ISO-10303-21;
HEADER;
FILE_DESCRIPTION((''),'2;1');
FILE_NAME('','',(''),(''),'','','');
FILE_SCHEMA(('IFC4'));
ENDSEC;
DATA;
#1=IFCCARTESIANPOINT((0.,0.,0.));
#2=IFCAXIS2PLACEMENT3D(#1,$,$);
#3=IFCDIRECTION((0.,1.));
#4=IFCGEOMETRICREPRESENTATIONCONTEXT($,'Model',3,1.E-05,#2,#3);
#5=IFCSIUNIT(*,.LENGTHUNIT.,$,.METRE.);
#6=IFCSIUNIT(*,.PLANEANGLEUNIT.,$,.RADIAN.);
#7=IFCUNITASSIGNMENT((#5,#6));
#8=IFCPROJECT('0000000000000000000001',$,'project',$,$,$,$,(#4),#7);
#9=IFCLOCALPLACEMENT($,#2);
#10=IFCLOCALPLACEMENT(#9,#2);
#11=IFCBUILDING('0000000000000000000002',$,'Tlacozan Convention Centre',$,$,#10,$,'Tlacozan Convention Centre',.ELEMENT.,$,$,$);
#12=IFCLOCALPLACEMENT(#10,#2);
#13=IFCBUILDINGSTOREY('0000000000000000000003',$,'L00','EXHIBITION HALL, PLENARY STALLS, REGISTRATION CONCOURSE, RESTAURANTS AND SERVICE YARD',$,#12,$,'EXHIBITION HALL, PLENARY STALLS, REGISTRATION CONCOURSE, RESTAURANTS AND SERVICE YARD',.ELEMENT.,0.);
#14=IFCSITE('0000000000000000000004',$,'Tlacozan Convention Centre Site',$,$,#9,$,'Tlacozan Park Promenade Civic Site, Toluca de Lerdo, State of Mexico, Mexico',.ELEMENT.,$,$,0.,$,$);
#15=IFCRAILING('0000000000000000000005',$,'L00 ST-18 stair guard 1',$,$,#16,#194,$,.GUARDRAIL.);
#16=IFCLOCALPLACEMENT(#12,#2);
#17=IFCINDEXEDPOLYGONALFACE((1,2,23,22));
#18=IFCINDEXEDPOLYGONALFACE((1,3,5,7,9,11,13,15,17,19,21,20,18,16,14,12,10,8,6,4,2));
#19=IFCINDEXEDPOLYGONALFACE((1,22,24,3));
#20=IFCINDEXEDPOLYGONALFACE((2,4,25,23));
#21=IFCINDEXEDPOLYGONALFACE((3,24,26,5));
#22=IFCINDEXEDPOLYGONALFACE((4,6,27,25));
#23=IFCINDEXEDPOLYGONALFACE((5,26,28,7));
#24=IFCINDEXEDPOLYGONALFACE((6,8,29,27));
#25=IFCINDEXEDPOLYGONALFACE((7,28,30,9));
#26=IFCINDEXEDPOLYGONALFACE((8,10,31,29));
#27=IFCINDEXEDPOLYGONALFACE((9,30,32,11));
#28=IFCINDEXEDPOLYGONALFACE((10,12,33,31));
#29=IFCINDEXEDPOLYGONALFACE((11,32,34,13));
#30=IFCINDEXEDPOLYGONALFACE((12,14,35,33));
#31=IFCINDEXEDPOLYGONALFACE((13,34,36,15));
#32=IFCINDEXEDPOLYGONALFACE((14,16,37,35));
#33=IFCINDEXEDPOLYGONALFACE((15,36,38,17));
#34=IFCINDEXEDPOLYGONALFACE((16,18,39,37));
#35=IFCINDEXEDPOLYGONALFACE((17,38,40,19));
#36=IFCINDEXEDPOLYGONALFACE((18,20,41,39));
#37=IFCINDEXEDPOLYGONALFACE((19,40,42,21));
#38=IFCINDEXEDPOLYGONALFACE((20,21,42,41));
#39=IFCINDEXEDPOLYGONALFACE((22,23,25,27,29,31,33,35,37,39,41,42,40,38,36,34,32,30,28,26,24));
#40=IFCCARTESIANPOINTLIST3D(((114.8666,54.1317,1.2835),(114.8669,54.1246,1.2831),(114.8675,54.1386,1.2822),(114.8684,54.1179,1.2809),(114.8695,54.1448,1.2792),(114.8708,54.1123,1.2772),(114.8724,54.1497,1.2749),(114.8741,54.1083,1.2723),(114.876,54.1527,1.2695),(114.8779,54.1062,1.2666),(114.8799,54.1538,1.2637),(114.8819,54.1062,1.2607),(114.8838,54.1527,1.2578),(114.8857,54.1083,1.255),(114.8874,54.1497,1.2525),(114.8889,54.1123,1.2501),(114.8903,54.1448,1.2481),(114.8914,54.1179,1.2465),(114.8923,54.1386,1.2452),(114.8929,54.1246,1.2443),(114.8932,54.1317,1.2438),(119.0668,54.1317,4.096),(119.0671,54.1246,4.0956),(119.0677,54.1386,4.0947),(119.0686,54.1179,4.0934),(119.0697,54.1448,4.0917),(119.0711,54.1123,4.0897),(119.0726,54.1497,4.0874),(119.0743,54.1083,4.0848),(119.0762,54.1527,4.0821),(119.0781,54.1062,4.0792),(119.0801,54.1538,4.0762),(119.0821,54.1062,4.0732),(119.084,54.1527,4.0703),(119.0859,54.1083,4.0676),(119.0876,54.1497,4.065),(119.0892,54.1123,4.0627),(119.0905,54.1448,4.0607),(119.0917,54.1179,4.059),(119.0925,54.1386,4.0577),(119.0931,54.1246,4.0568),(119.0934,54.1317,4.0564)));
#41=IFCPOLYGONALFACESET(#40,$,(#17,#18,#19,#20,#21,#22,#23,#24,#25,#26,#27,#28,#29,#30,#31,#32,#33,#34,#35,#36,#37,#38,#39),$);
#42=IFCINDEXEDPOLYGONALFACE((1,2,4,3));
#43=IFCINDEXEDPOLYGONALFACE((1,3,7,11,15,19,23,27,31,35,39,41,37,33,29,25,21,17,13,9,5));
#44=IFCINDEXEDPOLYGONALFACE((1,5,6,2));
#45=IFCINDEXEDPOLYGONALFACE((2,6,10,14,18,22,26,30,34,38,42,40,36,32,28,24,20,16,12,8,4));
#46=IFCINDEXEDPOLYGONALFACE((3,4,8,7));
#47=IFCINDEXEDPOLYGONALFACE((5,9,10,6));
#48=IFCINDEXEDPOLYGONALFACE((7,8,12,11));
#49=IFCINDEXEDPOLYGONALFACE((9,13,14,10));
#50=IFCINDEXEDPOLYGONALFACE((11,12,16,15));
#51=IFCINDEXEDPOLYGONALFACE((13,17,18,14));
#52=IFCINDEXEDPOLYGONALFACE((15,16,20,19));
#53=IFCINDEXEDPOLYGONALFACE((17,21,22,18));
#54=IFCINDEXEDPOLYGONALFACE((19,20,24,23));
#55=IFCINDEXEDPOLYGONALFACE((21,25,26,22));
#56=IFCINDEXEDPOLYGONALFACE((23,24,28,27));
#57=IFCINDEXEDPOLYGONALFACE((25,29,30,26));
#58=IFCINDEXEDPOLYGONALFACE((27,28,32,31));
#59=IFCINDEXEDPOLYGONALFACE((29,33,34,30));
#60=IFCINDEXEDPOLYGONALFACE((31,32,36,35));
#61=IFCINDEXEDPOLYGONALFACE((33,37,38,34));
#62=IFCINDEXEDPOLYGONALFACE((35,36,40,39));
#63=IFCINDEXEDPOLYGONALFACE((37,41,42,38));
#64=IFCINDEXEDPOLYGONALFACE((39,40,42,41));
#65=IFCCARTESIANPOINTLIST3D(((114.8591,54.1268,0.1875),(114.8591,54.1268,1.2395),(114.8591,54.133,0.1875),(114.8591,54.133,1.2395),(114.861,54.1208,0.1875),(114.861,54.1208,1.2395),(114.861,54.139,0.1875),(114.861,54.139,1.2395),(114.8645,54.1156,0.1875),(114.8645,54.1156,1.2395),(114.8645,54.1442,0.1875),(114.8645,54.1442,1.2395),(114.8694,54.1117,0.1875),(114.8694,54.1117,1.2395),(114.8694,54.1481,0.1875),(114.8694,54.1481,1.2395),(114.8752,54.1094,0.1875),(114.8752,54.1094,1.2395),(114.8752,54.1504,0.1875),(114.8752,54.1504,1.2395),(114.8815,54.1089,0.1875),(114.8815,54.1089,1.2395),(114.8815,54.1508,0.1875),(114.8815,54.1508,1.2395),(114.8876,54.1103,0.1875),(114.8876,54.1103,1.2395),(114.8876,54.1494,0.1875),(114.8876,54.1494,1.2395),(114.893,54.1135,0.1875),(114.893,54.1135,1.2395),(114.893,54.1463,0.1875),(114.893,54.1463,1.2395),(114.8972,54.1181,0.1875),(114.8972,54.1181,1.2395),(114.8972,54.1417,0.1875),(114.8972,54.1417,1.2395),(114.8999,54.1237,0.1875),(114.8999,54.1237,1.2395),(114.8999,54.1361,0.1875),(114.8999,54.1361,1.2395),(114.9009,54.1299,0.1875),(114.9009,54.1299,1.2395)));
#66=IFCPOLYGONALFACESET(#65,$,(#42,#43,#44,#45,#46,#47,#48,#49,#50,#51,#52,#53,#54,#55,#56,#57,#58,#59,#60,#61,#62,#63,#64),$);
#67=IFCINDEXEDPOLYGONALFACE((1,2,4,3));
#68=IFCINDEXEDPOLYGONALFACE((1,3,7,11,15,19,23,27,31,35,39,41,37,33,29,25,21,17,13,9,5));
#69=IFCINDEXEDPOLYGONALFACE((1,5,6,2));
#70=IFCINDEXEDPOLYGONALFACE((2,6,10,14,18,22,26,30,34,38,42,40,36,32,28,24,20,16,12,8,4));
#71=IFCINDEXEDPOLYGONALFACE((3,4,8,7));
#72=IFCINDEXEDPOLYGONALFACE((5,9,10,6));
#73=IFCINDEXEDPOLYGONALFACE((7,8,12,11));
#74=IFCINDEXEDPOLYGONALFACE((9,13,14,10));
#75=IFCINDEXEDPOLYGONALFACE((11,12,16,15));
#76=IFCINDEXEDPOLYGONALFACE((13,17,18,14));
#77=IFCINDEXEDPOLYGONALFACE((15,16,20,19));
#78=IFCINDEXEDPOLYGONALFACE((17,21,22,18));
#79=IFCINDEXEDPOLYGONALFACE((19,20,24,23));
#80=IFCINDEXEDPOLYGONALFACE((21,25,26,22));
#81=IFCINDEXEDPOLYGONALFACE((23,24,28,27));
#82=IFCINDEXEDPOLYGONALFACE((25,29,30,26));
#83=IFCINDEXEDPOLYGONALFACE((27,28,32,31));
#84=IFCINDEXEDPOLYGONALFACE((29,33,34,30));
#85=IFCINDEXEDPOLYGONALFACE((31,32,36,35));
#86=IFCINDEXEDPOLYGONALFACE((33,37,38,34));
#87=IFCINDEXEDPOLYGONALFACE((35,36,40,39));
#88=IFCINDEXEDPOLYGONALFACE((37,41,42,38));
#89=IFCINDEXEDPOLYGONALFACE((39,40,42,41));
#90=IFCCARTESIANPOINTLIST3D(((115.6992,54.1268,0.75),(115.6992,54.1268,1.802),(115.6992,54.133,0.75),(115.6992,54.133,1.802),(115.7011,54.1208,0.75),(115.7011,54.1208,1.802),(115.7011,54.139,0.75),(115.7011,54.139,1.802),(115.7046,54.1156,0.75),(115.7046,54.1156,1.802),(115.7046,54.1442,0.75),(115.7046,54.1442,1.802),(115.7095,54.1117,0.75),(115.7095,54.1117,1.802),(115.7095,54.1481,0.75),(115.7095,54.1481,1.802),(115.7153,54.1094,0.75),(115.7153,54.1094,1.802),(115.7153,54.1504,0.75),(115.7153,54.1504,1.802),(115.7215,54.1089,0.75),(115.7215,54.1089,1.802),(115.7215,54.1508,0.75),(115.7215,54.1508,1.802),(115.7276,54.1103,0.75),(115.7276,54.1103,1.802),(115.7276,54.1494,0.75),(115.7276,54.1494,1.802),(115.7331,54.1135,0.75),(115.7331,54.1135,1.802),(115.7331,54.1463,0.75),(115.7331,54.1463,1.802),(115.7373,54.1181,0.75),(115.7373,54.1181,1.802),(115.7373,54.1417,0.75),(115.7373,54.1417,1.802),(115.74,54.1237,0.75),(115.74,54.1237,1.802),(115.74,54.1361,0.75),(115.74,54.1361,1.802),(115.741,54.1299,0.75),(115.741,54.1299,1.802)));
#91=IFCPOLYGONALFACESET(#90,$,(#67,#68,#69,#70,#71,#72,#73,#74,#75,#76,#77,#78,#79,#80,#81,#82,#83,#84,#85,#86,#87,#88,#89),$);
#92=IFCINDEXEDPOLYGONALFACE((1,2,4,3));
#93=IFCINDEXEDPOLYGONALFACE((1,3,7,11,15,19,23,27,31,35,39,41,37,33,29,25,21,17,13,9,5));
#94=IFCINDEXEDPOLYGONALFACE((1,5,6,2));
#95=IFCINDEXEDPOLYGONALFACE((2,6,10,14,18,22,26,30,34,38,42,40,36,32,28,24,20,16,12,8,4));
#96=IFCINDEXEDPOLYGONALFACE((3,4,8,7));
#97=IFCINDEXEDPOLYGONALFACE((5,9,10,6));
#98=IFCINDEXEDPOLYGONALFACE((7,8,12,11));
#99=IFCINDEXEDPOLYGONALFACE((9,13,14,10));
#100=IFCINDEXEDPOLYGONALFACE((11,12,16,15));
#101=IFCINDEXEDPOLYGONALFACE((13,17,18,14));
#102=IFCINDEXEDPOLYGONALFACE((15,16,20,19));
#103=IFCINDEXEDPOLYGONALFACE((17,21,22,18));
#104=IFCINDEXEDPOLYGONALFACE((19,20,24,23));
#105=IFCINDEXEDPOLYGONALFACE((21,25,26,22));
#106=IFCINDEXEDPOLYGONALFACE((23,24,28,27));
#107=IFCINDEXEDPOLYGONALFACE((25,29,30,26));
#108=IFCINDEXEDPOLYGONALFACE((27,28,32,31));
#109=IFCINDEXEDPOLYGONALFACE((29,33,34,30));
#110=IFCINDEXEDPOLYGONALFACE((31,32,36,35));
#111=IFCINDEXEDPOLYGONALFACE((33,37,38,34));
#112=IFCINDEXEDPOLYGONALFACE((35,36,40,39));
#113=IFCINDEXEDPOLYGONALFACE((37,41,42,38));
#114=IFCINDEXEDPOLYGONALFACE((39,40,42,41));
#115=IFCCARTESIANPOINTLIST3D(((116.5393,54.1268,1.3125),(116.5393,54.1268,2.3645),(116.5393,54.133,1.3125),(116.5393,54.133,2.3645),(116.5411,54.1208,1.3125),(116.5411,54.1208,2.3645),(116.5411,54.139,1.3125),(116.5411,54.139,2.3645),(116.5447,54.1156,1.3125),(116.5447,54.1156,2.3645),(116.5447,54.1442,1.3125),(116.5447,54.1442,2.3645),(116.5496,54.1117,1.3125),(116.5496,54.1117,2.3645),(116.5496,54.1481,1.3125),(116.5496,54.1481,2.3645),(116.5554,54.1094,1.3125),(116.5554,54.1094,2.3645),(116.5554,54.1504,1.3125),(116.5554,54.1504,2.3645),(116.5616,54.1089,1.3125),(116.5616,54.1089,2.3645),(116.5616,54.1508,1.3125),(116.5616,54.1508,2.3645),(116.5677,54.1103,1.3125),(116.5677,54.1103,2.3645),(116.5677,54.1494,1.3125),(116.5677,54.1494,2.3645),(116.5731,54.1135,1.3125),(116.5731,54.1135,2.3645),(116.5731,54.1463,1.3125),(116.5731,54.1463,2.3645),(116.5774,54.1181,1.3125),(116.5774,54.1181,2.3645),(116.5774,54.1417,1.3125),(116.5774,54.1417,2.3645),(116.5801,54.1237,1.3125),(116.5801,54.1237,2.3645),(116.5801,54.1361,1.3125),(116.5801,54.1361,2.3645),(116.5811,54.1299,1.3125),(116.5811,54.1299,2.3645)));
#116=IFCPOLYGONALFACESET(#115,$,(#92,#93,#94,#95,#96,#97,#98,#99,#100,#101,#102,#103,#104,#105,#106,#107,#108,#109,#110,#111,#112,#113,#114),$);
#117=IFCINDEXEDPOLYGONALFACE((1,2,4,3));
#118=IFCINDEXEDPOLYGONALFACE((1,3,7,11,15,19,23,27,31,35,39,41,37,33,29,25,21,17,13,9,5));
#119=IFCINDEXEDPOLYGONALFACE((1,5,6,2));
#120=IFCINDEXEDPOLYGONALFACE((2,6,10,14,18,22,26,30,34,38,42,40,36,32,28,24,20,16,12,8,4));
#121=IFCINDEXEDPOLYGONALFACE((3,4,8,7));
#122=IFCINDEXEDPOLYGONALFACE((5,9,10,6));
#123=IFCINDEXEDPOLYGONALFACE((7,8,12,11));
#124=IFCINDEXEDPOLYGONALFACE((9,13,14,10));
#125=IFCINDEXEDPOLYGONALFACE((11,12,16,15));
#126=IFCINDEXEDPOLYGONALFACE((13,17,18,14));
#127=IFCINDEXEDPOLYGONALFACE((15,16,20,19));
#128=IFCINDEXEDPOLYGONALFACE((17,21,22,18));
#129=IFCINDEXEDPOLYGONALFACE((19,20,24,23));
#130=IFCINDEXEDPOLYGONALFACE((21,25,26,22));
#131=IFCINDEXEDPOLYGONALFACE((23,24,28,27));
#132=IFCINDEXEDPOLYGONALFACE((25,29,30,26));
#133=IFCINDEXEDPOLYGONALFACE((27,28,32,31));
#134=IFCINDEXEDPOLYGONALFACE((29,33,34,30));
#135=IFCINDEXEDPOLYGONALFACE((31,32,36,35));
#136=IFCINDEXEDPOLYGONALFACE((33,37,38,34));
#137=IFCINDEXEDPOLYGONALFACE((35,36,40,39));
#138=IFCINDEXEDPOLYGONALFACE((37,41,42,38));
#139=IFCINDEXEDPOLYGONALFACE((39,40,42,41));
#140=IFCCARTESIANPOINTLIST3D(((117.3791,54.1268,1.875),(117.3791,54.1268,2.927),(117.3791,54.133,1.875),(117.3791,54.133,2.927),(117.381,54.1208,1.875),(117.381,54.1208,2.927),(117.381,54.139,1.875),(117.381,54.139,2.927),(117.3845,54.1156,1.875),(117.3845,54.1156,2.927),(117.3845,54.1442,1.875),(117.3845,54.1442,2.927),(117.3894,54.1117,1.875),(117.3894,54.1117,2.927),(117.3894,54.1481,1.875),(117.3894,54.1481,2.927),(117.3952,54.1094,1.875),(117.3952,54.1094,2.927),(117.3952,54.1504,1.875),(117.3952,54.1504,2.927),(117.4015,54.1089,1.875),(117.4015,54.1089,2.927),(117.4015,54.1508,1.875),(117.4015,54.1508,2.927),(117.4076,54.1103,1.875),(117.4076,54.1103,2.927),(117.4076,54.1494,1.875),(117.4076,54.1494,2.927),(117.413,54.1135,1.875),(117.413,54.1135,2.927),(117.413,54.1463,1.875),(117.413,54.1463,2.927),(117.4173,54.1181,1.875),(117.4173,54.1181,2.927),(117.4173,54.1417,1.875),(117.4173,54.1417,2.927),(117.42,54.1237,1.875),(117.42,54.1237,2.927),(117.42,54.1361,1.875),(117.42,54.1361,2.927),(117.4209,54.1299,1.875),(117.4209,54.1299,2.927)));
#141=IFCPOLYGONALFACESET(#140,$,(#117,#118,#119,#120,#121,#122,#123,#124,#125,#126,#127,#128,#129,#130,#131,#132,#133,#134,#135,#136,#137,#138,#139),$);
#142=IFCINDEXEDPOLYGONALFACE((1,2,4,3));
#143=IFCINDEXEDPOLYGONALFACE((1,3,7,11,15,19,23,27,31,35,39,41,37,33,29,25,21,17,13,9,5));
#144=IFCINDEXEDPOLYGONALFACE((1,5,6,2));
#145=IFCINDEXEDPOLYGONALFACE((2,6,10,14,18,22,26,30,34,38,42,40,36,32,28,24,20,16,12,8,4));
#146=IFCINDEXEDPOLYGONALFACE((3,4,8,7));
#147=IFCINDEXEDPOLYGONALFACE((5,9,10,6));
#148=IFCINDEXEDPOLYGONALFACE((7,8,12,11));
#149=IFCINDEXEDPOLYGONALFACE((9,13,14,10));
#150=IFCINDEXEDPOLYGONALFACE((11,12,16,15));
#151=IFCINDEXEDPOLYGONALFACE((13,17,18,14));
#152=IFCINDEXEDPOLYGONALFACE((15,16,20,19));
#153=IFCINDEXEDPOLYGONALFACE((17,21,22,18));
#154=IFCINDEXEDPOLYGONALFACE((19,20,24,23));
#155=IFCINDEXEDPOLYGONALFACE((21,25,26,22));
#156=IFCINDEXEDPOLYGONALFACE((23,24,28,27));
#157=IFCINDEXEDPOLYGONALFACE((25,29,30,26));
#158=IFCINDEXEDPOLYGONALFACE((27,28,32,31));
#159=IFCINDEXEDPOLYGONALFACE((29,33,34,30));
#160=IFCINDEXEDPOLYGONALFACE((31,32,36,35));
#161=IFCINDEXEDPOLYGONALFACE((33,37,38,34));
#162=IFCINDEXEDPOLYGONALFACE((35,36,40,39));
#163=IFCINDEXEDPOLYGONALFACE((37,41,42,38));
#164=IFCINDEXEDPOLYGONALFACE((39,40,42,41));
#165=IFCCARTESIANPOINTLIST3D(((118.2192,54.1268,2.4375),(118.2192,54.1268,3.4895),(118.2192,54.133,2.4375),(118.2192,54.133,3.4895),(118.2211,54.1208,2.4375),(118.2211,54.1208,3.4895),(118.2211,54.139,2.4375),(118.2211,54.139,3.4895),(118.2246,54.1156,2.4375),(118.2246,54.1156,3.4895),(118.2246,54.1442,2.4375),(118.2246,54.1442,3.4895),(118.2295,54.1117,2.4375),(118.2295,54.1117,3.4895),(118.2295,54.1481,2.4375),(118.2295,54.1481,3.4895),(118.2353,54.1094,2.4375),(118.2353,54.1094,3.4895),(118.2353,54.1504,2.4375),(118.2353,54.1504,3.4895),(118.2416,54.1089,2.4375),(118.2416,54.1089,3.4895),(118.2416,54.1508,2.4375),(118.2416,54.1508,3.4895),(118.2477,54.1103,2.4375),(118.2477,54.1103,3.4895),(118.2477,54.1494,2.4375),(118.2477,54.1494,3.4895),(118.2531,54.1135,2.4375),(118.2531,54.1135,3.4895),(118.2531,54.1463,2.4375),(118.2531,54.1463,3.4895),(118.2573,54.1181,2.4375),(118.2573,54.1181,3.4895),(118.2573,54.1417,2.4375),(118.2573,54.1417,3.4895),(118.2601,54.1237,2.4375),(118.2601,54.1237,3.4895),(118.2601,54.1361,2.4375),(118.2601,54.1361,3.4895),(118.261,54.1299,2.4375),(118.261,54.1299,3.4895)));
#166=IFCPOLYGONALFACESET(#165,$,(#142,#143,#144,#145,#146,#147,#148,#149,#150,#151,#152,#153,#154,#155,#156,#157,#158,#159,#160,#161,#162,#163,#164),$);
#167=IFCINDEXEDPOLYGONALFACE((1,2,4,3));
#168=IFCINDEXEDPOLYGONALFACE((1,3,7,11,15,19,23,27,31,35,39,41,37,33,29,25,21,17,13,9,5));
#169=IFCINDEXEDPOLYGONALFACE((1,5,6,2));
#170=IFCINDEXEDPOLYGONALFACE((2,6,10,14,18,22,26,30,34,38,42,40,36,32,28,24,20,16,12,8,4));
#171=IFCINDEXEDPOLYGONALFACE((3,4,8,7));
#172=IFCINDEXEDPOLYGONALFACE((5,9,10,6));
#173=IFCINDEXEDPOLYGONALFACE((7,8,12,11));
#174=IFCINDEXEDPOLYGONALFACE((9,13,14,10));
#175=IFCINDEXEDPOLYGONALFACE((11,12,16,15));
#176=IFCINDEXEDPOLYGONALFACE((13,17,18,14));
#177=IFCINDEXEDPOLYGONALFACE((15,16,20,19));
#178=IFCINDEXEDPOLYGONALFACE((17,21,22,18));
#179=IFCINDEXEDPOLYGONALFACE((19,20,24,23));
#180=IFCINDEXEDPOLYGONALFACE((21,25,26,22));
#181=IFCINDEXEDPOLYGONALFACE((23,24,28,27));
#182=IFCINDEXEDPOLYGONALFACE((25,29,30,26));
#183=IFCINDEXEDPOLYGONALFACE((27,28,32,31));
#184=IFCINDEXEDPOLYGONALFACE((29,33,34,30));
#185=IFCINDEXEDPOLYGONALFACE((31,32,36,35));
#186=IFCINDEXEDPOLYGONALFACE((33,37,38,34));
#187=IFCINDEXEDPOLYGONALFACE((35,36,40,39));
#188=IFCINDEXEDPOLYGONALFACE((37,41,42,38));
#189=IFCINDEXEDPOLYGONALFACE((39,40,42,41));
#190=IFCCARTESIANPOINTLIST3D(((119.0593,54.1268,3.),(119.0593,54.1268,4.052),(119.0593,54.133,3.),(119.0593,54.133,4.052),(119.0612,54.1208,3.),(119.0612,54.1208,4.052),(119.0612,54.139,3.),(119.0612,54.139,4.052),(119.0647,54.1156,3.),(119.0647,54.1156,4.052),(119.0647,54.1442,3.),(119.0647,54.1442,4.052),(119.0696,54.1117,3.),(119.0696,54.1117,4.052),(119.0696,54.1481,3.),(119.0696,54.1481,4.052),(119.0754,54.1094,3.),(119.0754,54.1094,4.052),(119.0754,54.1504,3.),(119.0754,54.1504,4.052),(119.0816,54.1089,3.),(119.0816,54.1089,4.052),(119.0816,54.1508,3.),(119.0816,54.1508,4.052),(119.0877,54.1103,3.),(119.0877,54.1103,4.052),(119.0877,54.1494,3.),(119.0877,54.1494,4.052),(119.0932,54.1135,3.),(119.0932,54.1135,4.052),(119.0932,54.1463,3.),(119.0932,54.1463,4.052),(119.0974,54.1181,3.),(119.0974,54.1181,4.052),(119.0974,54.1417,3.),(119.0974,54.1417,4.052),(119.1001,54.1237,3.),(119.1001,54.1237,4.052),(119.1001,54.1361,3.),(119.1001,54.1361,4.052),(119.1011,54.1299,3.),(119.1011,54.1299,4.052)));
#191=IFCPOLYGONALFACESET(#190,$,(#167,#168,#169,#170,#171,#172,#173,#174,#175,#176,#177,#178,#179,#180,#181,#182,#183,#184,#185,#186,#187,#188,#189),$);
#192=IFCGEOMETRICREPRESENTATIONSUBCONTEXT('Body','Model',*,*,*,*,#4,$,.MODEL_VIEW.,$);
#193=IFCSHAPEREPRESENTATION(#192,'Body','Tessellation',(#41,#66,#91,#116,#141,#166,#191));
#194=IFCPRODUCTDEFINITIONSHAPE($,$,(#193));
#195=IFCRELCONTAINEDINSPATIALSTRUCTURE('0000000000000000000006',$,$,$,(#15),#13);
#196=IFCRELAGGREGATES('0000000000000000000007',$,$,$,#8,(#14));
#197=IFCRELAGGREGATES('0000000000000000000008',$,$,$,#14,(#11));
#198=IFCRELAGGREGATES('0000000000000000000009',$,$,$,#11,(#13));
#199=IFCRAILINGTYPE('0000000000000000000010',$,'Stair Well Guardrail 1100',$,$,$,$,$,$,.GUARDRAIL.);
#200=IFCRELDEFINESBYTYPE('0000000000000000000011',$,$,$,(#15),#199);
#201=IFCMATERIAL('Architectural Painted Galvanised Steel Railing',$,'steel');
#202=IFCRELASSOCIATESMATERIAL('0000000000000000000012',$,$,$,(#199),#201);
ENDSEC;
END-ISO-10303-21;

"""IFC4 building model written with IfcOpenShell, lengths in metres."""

from ifc_helpers import new_model, si_unit, direction, frame, origin, origin_2d, place, context, subcontext, project, spatial, circle, extrude, material, type_object, element, save


model = new_model("IFC4")

# Units and contexts
model_context = context("Model", 3, precision=1e-05, world=origin(), true_north=direction((0.0, 1.0)))
body_context = subcontext(model_context, "Body", "Model", "MODEL_VIEW")
ifc_project = project(units=[si_unit("LENGTHUNIT", "METRE"), si_unit("PLANEANGLEUNIT", "RADIAN")], contexts=[model_context])

# Site, building, storey
site_placement = place(None, origin())
site = spatial("IfcSite", under=ifc_project, at=site_placement, Name="Tlacozan Convention Centre Site", LongName="Tlacozan Park Promenade Civic Site, Toluca de Lerdo, State of Mexico, Mexico", CompositionType="ELEMENT", RefElevation=0.0)
building_placement = place(site_placement, origin())
building = spatial("IfcBuilding", under=site, at=building_placement, Name="Tlacozan Convention Centre", LongName="Tlacozan Convention Centre", CompositionType="ELEMENT")
storey_placement = place(building_placement, origin())
storey = spatial("IfcBuildingStorey", under=building, at=storey_placement, Name="L00", Description="EXHIBITION HALL, PLENARY STALLS, REGISTRATION CONCOURSE, RESTAURANTS AND SERVICE YARD", LongName="EXHIBITION HALL, PLENARY STALLS, REGISTRATION CONCOURSE, RESTAURANTS AND SERVICE YARD", CompositionType="ELEMENT", Elevation=0.0)

# Railing
ifc_material_1 = material(Name="Architectural Painted Galvanised Steel Railing", Category="steel")
railing_type_1 = type_object("IfcRailingType", Name="Stair Well Guardrail 1100", PredefinedType="GUARDRAIL", material=ifc_material_1)
railing_1_placement = place(storey_placement, frame((114.8799, 54.1299, 0.1875)))
element("IfcRailing", 1, at=railing_1_placement, inside=storey, type_object=railing_type_1, Name="L00 ST-18 stair guard 1", PredefinedType="GUARDRAIL", context=body_context, shape_type="SweptSolid", body=[
    extrude(circle(Radius=0.0239, at=origin_2d()), frame((0.0, 0.0, 1.0762), z_axis=(0.830919, 0.0, 0.556393), x_axis=(0.0, 1.0, 0.0)), (0.0, 0.0, 1.0), 5.0549),
    extrude(circle(Radius=0.021, at=origin_2d()), origin(), (0.0, 0.0, 1.0), 1.052),
    extrude(circle(Radius=0.021, at=origin_2d()), frame((0.8401, 0.0, 0.5625)), (0.0, 0.0, 1.0), 1.052),
    extrude(circle(Radius=0.021, at=origin_2d()), frame((1.6802, 0.0, 1.125)), (0.0, 0.0, 1.0), 1.052),
    extrude(circle(Radius=0.021, at=origin_2d()), frame((2.52, 0.0, 1.6875)), (0.0, 0.0, 1.0), 1.052),
    extrude(circle(Radius=0.021, at=origin_2d()), frame((3.3601, 0.0, 2.25)), (0.0, 0.0, 1.0), 1.052),
    extrude(circle(Radius=0.021, at=origin_2d()), frame((4.2002, 0.0, 2.8125)), (0.0, 0.0, 1.0), 1.052),
])

save(model, "model.ifc")
